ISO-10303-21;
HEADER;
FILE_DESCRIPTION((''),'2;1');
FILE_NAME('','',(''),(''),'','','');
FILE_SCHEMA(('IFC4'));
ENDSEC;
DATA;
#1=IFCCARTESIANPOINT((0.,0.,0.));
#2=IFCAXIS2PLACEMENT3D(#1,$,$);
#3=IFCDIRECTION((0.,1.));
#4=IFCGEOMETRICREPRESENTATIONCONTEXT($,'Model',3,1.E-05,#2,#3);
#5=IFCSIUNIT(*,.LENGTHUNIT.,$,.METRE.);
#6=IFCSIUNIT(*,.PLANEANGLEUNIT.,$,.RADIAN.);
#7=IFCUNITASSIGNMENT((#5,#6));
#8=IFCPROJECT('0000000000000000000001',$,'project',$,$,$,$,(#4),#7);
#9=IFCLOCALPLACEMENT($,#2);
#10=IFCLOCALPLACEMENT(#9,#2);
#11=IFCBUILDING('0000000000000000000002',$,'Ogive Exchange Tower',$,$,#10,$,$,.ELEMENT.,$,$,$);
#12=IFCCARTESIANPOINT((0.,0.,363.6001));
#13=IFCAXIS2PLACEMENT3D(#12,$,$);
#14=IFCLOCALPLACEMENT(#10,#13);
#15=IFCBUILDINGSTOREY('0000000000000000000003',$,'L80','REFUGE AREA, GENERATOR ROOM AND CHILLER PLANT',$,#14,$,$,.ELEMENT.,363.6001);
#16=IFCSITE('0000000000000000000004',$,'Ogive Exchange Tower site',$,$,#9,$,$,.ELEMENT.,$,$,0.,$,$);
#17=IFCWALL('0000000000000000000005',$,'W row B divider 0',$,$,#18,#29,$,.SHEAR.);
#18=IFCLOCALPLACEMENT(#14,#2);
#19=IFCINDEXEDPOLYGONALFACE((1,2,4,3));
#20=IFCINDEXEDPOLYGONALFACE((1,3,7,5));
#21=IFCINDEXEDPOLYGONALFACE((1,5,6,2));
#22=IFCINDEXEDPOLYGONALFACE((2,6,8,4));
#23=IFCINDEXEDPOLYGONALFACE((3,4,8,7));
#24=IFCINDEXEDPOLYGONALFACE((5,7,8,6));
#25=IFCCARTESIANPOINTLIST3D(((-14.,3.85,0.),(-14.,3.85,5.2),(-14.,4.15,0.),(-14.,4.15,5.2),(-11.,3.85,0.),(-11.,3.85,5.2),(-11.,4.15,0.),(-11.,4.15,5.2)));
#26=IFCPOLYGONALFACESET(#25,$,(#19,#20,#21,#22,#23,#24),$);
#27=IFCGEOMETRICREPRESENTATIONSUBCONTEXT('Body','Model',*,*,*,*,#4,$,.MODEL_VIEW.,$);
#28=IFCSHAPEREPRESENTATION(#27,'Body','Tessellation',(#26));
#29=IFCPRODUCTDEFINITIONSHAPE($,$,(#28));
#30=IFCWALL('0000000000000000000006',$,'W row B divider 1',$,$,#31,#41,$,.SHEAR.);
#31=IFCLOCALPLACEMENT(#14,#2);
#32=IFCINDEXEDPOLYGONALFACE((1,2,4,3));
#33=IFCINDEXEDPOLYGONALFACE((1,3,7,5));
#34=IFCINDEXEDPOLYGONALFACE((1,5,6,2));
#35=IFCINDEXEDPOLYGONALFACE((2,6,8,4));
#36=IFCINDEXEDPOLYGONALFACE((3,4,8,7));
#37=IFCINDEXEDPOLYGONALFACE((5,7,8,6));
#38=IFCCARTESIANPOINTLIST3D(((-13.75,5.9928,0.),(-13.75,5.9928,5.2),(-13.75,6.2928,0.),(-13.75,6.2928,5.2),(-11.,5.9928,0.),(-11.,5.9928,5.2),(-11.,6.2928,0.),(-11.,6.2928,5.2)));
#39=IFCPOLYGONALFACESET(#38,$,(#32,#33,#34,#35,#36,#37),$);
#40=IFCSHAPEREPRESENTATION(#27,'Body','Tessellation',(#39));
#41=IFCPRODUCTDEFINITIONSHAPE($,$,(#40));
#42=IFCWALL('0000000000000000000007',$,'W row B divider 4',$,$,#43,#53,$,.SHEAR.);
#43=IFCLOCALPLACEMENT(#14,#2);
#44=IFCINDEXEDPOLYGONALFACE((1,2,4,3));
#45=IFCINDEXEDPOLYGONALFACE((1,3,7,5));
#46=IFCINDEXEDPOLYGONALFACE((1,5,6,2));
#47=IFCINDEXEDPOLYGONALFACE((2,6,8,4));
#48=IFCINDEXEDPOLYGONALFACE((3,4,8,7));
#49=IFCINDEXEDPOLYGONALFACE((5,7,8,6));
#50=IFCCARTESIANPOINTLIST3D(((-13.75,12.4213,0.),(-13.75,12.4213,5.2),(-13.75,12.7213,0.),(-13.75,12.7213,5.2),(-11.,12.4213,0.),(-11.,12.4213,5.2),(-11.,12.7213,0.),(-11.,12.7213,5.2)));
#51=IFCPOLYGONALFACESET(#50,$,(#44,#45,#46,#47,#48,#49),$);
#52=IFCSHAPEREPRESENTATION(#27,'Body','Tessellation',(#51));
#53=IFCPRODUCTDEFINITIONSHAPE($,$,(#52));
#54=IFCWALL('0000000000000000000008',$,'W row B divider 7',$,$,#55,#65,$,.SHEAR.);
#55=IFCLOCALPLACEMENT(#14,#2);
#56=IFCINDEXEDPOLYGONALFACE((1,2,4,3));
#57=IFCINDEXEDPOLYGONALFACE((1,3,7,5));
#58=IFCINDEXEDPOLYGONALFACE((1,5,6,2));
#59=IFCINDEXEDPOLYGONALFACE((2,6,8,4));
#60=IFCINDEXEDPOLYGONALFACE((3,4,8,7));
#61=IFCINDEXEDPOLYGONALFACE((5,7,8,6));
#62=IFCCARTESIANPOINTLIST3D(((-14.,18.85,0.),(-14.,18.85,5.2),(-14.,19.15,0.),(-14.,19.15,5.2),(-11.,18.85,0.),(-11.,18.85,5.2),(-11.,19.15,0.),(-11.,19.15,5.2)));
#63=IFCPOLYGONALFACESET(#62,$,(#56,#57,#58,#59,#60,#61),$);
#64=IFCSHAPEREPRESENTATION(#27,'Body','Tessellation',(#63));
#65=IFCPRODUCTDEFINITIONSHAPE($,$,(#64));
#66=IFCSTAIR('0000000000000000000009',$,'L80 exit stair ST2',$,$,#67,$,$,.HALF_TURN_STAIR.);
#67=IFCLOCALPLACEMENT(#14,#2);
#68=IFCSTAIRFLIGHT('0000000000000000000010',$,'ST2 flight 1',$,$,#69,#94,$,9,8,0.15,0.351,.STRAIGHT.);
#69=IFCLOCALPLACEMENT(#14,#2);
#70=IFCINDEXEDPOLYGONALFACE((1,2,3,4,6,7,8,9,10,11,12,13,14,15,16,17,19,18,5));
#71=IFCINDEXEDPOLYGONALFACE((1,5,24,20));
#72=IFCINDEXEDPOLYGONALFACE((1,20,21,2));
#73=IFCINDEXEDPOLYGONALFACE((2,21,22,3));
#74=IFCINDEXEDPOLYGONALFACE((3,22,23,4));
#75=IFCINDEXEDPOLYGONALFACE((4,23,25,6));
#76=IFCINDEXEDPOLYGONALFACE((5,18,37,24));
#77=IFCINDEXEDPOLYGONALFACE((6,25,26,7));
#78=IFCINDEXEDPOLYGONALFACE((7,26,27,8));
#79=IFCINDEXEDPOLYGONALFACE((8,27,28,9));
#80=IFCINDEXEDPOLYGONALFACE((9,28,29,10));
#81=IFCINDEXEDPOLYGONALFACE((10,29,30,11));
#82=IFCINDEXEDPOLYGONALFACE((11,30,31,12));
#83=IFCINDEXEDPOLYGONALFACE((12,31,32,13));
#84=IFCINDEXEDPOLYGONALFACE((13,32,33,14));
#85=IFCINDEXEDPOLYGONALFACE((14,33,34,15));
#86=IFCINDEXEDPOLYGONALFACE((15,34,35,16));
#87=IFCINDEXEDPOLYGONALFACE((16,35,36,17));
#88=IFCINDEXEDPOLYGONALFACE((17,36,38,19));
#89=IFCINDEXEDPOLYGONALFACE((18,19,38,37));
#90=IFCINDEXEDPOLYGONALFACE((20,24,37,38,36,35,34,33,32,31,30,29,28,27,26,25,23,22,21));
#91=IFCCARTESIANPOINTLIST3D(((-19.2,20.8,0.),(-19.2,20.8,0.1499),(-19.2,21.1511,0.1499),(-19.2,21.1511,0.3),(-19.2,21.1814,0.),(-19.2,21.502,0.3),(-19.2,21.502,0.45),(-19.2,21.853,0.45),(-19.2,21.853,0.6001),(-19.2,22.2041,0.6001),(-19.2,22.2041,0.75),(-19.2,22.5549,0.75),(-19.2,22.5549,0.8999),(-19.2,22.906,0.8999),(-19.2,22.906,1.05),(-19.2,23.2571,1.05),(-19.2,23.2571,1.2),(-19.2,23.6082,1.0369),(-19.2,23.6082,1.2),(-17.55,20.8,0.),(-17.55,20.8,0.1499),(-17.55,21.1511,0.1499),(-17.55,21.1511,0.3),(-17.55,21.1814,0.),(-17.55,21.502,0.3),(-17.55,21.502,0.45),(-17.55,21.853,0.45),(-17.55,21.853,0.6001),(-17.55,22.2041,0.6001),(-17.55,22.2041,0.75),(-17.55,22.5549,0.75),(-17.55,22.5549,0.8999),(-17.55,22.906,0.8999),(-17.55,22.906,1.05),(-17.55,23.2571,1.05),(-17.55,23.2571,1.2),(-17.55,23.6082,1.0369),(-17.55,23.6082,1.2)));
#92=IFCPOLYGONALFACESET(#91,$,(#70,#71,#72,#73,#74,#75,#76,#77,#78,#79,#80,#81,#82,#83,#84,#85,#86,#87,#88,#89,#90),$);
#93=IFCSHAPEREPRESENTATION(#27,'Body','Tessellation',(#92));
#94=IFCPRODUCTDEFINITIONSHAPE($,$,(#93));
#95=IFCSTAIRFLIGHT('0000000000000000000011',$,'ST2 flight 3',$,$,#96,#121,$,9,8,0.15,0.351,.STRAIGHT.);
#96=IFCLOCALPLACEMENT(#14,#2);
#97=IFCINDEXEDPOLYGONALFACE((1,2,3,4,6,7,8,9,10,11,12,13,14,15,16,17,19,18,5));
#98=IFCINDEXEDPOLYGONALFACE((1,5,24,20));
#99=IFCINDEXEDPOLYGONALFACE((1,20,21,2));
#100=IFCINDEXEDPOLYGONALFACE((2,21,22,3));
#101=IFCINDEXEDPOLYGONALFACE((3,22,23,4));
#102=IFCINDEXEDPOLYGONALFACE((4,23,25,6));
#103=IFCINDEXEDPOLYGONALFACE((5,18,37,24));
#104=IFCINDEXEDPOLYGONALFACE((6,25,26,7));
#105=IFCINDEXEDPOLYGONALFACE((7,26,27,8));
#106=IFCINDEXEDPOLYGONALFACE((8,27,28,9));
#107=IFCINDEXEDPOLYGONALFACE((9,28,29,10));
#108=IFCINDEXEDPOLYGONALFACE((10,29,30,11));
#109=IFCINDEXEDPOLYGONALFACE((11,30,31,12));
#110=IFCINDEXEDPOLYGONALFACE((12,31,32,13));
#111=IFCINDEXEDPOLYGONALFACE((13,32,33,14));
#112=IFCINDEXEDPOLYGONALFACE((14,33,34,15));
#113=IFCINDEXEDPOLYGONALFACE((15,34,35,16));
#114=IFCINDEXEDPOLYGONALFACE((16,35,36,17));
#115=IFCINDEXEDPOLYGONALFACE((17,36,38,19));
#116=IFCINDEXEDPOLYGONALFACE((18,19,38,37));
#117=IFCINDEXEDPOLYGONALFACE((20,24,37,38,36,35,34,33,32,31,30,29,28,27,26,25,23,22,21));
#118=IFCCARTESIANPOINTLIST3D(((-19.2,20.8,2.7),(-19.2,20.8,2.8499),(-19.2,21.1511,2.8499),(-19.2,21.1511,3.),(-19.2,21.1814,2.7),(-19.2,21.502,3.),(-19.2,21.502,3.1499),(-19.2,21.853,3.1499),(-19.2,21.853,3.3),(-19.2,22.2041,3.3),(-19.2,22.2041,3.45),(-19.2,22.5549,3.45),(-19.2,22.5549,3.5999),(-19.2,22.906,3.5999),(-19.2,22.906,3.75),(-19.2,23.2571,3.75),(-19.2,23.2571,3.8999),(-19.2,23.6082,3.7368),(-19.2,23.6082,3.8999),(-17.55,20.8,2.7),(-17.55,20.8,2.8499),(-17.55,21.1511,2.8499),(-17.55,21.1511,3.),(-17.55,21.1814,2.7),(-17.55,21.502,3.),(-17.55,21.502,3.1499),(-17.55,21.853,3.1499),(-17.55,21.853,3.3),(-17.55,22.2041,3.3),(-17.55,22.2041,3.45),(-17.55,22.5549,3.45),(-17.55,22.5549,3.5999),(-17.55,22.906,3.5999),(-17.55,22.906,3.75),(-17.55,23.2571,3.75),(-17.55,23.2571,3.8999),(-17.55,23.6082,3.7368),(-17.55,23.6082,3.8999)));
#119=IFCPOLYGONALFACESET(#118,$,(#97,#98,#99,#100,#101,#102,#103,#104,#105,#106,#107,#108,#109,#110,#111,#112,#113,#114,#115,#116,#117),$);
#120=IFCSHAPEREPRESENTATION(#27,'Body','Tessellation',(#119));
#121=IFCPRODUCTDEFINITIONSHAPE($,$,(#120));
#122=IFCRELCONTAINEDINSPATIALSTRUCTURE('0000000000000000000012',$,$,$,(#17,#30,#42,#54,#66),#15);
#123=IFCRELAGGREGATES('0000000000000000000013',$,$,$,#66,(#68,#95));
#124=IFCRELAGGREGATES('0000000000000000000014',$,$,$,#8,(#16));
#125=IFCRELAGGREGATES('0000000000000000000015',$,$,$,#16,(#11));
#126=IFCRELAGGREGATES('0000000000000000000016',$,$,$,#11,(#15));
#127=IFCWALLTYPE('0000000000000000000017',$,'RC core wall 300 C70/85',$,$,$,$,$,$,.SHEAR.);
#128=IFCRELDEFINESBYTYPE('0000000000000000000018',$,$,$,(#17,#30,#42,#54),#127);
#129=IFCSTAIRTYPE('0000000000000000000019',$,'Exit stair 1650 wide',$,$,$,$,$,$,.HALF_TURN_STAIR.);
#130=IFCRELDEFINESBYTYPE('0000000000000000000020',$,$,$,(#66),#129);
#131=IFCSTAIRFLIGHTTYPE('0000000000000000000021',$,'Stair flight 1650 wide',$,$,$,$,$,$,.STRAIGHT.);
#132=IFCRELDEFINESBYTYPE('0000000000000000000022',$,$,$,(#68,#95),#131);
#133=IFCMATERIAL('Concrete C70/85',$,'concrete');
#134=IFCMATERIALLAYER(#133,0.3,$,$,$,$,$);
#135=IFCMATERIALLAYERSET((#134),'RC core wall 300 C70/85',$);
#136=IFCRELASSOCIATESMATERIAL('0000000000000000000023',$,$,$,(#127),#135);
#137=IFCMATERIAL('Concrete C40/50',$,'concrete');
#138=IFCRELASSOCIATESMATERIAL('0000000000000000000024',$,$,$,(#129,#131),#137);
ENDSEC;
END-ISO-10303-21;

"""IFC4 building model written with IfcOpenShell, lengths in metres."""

from ifc_helpers import new_model, si_unit, direction, frame, frame_2d, origin, place, context, subcontext, project, spatial, polyline, rectangle, outline, extrude, material, layer, layer_set, type_object, element, aggregate, save


model = new_model("IFC4")

# Units and contexts
model_context = context("Model", 3, precision=1e-05, world=origin(), true_north=direction((0.0, 1.0)))
body_context = subcontext(model_context, "Body", "Model", "MODEL_VIEW")
ifc_project = project(units=[si_unit("LENGTHUNIT", "METRE"), si_unit("PLANEANGLEUNIT", "RADIAN")], contexts=[model_context])

# Site, building, storey
site_placement = place(None, origin())
site = spatial("IfcSite", under=ifc_project, at=site_placement, Name="Ogive Exchange Tower site", CompositionType="ELEMENT", RefElevation=0.0)
building_placement = place(site_placement, origin())
building = spatial("IfcBuilding", under=site, at=building_placement, Name="Ogive Exchange Tower", CompositionType="ELEMENT")
storey_placement = place(building_placement, frame((0.0, 0.0, 363.6001)))
storey = spatial("IfcBuildingStorey", under=building, at=storey_placement, Name="L80", Description="REFUGE AREA, GENERATOR ROOM AND CHILLER PLANT", CompositionType="ELEMENT", Elevation=363.6001)

# Shared definitions
ifc_material_1 = material(Name="Concrete C70/85", Category="concrete")

# Walls
ifc_layer_1 = layer(ifc_material_1, 0.3)
ifc_layer_set_1 = layer_set([ifc_layer_1], Name="RC core wall 300 C70/85")
wall_type_1 = type_object("IfcWallType", Name="RC core wall 300 C70/85", PredefinedType="SHEAR", material=ifc_layer_set_1)
wall_1_placement = place(storey_placement, frame((-14.0, 4.0, 0.0), z_axis=(0.0, 0.0, 1.0), x_axis=(1.0, 0.0, 0.0)))
element("IfcWall", 1, at=wall_1_placement, inside=storey, type_object=wall_type_1, Name="W row B divider 0", PredefinedType="SHEAR", context=body_context, shape_type="SweptSolid", body=[
    extrude(rectangle(XDim=3.0, YDim=0.3, at=frame_2d((1.5, 0.0))), origin(), (0.0, 0.0, 1.0), 5.2),
])
for number, where, z_axis, x_axis, name in (
    (2, (-13.75, 6.1428, 0.0), (0.0, 0.0, 1.0), (1.0, 0.0, 0.0), "W row B divider 1"),
    (3, (-13.75, 12.5713, 0.0), (0.0, 0.0, 1.0), (1.0, 0.0, 0.0), "W row B divider 4"),
):
    element("IfcWall", number, at=place(storey_placement, frame(where, z_axis=z_axis, x_axis=x_axis)), inside=storey, type_object=wall_type_1, Name=name, PredefinedType="SHEAR", context=body_context, shape_type="SweptSolid", body=[
        extrude(rectangle(XDim=2.75, YDim=0.3, at=frame_2d((1.375, 0.0))), origin(), (0.0, 0.0, 1.0), 5.2),
    ])
wall_2_placement = place(storey_placement, frame((-14.0, 19.0, 0.0), z_axis=(0.0, 0.0, 1.0), x_axis=(1.0, 0.0, 0.0)))
element("IfcWall", 4, at=wall_2_placement, inside=storey, type_object=wall_type_1, Name="W row B divider 7", PredefinedType="SHEAR", context=body_context, shape_type="SweptSolid", body=[
    extrude(rectangle(XDim=3.0, YDim=0.3, at=frame_2d((1.5, 0.0))), origin(), (0.0, 0.0, 1.0), 5.2),
])

# Stair, stair flights
ifc_material_2 = material(Name="Concrete C40/50", Category="concrete")
stair_type = type_object("IfcStairType", Name="Exit stair 1650 wide", PredefinedType="HALF_TURN_STAIR", material=ifc_material_2)
stair_placement = place(storey_placement, origin())
stair = element("IfcStair", 5, at=stair_placement, inside=storey, type_object=stair_type, Name="L80 exit stair ST2", PredefinedType="HALF_TURN_STAIR")
stair_flight_type = type_object("IfcStairFlightType", Name="Stair flight 1650 wide", PredefinedType="STRAIGHT", material=ifc_material_2)
stair_flight_1_placement = place(storey_placement, frame((-18.375, 20.8, 0.0), z_axis=(0.0, 0.0, 1.0), x_axis=(0.0, 1.0, 0.0)))
stair_flight_1 = element("IfcStairFlight", 6, at=stair_flight_1_placement, type_object=stair_flight_type, Name="ST2 flight 1", NumberOfRisers=9, NumberOfTreads=8, PredefinedType="STRAIGHT", RiserHeight=0.15, TreadLength=0.351, context=body_context, shape_type="SweptSolid", body=[
    extrude(outline(polyline([(0.0, 0.0), (0.0, 0.1499), (0.3511, 0.1499), (0.3511, 0.3), (0.7019, 0.3), (0.7019, 0.45), (1.053, 0.45), (1.053, 0.6001), (1.4041, 0.6001), (1.4041, 0.75), (1.7549, 0.75), (1.7549, 0.8999), (2.106, 0.8999), (2.106, 1.05), (2.457, 1.05), (2.457, 1.2), (2.8081, 1.2), (2.8081, 1.3501), (2.8081, 1.0369), (0.3813, 0.0), (0.0, 0.0)])), frame((0.0, 0.825, 0.0), z_axis=(0.0, -1.0, 0.0), x_axis=(1.0, 0.0, 0.0)), (0.0, 0.0, 1.0), 1.6499),
])
stair_flight_2_placement = place(storey_placement, frame((-18.375, 20.8, 2.7), z_axis=(0.0, 0.0, 1.0), x_axis=(0.0, 1.0, 0.0)))
stair_flight_2 = element("IfcStairFlight", 7, at=stair_flight_2_placement, type_object=stair_flight_type, Name="ST2 flight 3", NumberOfRisers=9, NumberOfTreads=8, PredefinedType="STRAIGHT", RiserHeight=0.15, TreadLength=0.351, context=body_context, shape_type="SweptSolid", body=[
    extrude(outline(polyline([(0.0, 0.0), (0.0, 0.1499), (0.3511, 0.1499), (0.3511, 0.3), (0.7019, 0.3), (0.7019, 0.45), (1.053, 0.45), (1.053, 0.6001), (1.4041, 0.6001), (1.4041, 0.75), (1.7549, 0.75), (1.7549, 0.8999), (2.106, 0.8999), (2.106, 1.05), (2.457, 1.05), (2.457, 1.2), (2.8081, 1.2), (2.8081, 1.3501), (2.8081, 1.0369), (0.3813, 0.0), (0.0, 0.0)])), frame((0.0, 0.825, 0.0), z_axis=(0.0, -1.0, 0.0), x_axis=(1.0, 0.0, 0.0)), (0.0, 0.0, 1.0), 1.6499),
])
aggregate(stair, [stair_flight_1, stair_flight_2])

save(model, "model.ifc")
